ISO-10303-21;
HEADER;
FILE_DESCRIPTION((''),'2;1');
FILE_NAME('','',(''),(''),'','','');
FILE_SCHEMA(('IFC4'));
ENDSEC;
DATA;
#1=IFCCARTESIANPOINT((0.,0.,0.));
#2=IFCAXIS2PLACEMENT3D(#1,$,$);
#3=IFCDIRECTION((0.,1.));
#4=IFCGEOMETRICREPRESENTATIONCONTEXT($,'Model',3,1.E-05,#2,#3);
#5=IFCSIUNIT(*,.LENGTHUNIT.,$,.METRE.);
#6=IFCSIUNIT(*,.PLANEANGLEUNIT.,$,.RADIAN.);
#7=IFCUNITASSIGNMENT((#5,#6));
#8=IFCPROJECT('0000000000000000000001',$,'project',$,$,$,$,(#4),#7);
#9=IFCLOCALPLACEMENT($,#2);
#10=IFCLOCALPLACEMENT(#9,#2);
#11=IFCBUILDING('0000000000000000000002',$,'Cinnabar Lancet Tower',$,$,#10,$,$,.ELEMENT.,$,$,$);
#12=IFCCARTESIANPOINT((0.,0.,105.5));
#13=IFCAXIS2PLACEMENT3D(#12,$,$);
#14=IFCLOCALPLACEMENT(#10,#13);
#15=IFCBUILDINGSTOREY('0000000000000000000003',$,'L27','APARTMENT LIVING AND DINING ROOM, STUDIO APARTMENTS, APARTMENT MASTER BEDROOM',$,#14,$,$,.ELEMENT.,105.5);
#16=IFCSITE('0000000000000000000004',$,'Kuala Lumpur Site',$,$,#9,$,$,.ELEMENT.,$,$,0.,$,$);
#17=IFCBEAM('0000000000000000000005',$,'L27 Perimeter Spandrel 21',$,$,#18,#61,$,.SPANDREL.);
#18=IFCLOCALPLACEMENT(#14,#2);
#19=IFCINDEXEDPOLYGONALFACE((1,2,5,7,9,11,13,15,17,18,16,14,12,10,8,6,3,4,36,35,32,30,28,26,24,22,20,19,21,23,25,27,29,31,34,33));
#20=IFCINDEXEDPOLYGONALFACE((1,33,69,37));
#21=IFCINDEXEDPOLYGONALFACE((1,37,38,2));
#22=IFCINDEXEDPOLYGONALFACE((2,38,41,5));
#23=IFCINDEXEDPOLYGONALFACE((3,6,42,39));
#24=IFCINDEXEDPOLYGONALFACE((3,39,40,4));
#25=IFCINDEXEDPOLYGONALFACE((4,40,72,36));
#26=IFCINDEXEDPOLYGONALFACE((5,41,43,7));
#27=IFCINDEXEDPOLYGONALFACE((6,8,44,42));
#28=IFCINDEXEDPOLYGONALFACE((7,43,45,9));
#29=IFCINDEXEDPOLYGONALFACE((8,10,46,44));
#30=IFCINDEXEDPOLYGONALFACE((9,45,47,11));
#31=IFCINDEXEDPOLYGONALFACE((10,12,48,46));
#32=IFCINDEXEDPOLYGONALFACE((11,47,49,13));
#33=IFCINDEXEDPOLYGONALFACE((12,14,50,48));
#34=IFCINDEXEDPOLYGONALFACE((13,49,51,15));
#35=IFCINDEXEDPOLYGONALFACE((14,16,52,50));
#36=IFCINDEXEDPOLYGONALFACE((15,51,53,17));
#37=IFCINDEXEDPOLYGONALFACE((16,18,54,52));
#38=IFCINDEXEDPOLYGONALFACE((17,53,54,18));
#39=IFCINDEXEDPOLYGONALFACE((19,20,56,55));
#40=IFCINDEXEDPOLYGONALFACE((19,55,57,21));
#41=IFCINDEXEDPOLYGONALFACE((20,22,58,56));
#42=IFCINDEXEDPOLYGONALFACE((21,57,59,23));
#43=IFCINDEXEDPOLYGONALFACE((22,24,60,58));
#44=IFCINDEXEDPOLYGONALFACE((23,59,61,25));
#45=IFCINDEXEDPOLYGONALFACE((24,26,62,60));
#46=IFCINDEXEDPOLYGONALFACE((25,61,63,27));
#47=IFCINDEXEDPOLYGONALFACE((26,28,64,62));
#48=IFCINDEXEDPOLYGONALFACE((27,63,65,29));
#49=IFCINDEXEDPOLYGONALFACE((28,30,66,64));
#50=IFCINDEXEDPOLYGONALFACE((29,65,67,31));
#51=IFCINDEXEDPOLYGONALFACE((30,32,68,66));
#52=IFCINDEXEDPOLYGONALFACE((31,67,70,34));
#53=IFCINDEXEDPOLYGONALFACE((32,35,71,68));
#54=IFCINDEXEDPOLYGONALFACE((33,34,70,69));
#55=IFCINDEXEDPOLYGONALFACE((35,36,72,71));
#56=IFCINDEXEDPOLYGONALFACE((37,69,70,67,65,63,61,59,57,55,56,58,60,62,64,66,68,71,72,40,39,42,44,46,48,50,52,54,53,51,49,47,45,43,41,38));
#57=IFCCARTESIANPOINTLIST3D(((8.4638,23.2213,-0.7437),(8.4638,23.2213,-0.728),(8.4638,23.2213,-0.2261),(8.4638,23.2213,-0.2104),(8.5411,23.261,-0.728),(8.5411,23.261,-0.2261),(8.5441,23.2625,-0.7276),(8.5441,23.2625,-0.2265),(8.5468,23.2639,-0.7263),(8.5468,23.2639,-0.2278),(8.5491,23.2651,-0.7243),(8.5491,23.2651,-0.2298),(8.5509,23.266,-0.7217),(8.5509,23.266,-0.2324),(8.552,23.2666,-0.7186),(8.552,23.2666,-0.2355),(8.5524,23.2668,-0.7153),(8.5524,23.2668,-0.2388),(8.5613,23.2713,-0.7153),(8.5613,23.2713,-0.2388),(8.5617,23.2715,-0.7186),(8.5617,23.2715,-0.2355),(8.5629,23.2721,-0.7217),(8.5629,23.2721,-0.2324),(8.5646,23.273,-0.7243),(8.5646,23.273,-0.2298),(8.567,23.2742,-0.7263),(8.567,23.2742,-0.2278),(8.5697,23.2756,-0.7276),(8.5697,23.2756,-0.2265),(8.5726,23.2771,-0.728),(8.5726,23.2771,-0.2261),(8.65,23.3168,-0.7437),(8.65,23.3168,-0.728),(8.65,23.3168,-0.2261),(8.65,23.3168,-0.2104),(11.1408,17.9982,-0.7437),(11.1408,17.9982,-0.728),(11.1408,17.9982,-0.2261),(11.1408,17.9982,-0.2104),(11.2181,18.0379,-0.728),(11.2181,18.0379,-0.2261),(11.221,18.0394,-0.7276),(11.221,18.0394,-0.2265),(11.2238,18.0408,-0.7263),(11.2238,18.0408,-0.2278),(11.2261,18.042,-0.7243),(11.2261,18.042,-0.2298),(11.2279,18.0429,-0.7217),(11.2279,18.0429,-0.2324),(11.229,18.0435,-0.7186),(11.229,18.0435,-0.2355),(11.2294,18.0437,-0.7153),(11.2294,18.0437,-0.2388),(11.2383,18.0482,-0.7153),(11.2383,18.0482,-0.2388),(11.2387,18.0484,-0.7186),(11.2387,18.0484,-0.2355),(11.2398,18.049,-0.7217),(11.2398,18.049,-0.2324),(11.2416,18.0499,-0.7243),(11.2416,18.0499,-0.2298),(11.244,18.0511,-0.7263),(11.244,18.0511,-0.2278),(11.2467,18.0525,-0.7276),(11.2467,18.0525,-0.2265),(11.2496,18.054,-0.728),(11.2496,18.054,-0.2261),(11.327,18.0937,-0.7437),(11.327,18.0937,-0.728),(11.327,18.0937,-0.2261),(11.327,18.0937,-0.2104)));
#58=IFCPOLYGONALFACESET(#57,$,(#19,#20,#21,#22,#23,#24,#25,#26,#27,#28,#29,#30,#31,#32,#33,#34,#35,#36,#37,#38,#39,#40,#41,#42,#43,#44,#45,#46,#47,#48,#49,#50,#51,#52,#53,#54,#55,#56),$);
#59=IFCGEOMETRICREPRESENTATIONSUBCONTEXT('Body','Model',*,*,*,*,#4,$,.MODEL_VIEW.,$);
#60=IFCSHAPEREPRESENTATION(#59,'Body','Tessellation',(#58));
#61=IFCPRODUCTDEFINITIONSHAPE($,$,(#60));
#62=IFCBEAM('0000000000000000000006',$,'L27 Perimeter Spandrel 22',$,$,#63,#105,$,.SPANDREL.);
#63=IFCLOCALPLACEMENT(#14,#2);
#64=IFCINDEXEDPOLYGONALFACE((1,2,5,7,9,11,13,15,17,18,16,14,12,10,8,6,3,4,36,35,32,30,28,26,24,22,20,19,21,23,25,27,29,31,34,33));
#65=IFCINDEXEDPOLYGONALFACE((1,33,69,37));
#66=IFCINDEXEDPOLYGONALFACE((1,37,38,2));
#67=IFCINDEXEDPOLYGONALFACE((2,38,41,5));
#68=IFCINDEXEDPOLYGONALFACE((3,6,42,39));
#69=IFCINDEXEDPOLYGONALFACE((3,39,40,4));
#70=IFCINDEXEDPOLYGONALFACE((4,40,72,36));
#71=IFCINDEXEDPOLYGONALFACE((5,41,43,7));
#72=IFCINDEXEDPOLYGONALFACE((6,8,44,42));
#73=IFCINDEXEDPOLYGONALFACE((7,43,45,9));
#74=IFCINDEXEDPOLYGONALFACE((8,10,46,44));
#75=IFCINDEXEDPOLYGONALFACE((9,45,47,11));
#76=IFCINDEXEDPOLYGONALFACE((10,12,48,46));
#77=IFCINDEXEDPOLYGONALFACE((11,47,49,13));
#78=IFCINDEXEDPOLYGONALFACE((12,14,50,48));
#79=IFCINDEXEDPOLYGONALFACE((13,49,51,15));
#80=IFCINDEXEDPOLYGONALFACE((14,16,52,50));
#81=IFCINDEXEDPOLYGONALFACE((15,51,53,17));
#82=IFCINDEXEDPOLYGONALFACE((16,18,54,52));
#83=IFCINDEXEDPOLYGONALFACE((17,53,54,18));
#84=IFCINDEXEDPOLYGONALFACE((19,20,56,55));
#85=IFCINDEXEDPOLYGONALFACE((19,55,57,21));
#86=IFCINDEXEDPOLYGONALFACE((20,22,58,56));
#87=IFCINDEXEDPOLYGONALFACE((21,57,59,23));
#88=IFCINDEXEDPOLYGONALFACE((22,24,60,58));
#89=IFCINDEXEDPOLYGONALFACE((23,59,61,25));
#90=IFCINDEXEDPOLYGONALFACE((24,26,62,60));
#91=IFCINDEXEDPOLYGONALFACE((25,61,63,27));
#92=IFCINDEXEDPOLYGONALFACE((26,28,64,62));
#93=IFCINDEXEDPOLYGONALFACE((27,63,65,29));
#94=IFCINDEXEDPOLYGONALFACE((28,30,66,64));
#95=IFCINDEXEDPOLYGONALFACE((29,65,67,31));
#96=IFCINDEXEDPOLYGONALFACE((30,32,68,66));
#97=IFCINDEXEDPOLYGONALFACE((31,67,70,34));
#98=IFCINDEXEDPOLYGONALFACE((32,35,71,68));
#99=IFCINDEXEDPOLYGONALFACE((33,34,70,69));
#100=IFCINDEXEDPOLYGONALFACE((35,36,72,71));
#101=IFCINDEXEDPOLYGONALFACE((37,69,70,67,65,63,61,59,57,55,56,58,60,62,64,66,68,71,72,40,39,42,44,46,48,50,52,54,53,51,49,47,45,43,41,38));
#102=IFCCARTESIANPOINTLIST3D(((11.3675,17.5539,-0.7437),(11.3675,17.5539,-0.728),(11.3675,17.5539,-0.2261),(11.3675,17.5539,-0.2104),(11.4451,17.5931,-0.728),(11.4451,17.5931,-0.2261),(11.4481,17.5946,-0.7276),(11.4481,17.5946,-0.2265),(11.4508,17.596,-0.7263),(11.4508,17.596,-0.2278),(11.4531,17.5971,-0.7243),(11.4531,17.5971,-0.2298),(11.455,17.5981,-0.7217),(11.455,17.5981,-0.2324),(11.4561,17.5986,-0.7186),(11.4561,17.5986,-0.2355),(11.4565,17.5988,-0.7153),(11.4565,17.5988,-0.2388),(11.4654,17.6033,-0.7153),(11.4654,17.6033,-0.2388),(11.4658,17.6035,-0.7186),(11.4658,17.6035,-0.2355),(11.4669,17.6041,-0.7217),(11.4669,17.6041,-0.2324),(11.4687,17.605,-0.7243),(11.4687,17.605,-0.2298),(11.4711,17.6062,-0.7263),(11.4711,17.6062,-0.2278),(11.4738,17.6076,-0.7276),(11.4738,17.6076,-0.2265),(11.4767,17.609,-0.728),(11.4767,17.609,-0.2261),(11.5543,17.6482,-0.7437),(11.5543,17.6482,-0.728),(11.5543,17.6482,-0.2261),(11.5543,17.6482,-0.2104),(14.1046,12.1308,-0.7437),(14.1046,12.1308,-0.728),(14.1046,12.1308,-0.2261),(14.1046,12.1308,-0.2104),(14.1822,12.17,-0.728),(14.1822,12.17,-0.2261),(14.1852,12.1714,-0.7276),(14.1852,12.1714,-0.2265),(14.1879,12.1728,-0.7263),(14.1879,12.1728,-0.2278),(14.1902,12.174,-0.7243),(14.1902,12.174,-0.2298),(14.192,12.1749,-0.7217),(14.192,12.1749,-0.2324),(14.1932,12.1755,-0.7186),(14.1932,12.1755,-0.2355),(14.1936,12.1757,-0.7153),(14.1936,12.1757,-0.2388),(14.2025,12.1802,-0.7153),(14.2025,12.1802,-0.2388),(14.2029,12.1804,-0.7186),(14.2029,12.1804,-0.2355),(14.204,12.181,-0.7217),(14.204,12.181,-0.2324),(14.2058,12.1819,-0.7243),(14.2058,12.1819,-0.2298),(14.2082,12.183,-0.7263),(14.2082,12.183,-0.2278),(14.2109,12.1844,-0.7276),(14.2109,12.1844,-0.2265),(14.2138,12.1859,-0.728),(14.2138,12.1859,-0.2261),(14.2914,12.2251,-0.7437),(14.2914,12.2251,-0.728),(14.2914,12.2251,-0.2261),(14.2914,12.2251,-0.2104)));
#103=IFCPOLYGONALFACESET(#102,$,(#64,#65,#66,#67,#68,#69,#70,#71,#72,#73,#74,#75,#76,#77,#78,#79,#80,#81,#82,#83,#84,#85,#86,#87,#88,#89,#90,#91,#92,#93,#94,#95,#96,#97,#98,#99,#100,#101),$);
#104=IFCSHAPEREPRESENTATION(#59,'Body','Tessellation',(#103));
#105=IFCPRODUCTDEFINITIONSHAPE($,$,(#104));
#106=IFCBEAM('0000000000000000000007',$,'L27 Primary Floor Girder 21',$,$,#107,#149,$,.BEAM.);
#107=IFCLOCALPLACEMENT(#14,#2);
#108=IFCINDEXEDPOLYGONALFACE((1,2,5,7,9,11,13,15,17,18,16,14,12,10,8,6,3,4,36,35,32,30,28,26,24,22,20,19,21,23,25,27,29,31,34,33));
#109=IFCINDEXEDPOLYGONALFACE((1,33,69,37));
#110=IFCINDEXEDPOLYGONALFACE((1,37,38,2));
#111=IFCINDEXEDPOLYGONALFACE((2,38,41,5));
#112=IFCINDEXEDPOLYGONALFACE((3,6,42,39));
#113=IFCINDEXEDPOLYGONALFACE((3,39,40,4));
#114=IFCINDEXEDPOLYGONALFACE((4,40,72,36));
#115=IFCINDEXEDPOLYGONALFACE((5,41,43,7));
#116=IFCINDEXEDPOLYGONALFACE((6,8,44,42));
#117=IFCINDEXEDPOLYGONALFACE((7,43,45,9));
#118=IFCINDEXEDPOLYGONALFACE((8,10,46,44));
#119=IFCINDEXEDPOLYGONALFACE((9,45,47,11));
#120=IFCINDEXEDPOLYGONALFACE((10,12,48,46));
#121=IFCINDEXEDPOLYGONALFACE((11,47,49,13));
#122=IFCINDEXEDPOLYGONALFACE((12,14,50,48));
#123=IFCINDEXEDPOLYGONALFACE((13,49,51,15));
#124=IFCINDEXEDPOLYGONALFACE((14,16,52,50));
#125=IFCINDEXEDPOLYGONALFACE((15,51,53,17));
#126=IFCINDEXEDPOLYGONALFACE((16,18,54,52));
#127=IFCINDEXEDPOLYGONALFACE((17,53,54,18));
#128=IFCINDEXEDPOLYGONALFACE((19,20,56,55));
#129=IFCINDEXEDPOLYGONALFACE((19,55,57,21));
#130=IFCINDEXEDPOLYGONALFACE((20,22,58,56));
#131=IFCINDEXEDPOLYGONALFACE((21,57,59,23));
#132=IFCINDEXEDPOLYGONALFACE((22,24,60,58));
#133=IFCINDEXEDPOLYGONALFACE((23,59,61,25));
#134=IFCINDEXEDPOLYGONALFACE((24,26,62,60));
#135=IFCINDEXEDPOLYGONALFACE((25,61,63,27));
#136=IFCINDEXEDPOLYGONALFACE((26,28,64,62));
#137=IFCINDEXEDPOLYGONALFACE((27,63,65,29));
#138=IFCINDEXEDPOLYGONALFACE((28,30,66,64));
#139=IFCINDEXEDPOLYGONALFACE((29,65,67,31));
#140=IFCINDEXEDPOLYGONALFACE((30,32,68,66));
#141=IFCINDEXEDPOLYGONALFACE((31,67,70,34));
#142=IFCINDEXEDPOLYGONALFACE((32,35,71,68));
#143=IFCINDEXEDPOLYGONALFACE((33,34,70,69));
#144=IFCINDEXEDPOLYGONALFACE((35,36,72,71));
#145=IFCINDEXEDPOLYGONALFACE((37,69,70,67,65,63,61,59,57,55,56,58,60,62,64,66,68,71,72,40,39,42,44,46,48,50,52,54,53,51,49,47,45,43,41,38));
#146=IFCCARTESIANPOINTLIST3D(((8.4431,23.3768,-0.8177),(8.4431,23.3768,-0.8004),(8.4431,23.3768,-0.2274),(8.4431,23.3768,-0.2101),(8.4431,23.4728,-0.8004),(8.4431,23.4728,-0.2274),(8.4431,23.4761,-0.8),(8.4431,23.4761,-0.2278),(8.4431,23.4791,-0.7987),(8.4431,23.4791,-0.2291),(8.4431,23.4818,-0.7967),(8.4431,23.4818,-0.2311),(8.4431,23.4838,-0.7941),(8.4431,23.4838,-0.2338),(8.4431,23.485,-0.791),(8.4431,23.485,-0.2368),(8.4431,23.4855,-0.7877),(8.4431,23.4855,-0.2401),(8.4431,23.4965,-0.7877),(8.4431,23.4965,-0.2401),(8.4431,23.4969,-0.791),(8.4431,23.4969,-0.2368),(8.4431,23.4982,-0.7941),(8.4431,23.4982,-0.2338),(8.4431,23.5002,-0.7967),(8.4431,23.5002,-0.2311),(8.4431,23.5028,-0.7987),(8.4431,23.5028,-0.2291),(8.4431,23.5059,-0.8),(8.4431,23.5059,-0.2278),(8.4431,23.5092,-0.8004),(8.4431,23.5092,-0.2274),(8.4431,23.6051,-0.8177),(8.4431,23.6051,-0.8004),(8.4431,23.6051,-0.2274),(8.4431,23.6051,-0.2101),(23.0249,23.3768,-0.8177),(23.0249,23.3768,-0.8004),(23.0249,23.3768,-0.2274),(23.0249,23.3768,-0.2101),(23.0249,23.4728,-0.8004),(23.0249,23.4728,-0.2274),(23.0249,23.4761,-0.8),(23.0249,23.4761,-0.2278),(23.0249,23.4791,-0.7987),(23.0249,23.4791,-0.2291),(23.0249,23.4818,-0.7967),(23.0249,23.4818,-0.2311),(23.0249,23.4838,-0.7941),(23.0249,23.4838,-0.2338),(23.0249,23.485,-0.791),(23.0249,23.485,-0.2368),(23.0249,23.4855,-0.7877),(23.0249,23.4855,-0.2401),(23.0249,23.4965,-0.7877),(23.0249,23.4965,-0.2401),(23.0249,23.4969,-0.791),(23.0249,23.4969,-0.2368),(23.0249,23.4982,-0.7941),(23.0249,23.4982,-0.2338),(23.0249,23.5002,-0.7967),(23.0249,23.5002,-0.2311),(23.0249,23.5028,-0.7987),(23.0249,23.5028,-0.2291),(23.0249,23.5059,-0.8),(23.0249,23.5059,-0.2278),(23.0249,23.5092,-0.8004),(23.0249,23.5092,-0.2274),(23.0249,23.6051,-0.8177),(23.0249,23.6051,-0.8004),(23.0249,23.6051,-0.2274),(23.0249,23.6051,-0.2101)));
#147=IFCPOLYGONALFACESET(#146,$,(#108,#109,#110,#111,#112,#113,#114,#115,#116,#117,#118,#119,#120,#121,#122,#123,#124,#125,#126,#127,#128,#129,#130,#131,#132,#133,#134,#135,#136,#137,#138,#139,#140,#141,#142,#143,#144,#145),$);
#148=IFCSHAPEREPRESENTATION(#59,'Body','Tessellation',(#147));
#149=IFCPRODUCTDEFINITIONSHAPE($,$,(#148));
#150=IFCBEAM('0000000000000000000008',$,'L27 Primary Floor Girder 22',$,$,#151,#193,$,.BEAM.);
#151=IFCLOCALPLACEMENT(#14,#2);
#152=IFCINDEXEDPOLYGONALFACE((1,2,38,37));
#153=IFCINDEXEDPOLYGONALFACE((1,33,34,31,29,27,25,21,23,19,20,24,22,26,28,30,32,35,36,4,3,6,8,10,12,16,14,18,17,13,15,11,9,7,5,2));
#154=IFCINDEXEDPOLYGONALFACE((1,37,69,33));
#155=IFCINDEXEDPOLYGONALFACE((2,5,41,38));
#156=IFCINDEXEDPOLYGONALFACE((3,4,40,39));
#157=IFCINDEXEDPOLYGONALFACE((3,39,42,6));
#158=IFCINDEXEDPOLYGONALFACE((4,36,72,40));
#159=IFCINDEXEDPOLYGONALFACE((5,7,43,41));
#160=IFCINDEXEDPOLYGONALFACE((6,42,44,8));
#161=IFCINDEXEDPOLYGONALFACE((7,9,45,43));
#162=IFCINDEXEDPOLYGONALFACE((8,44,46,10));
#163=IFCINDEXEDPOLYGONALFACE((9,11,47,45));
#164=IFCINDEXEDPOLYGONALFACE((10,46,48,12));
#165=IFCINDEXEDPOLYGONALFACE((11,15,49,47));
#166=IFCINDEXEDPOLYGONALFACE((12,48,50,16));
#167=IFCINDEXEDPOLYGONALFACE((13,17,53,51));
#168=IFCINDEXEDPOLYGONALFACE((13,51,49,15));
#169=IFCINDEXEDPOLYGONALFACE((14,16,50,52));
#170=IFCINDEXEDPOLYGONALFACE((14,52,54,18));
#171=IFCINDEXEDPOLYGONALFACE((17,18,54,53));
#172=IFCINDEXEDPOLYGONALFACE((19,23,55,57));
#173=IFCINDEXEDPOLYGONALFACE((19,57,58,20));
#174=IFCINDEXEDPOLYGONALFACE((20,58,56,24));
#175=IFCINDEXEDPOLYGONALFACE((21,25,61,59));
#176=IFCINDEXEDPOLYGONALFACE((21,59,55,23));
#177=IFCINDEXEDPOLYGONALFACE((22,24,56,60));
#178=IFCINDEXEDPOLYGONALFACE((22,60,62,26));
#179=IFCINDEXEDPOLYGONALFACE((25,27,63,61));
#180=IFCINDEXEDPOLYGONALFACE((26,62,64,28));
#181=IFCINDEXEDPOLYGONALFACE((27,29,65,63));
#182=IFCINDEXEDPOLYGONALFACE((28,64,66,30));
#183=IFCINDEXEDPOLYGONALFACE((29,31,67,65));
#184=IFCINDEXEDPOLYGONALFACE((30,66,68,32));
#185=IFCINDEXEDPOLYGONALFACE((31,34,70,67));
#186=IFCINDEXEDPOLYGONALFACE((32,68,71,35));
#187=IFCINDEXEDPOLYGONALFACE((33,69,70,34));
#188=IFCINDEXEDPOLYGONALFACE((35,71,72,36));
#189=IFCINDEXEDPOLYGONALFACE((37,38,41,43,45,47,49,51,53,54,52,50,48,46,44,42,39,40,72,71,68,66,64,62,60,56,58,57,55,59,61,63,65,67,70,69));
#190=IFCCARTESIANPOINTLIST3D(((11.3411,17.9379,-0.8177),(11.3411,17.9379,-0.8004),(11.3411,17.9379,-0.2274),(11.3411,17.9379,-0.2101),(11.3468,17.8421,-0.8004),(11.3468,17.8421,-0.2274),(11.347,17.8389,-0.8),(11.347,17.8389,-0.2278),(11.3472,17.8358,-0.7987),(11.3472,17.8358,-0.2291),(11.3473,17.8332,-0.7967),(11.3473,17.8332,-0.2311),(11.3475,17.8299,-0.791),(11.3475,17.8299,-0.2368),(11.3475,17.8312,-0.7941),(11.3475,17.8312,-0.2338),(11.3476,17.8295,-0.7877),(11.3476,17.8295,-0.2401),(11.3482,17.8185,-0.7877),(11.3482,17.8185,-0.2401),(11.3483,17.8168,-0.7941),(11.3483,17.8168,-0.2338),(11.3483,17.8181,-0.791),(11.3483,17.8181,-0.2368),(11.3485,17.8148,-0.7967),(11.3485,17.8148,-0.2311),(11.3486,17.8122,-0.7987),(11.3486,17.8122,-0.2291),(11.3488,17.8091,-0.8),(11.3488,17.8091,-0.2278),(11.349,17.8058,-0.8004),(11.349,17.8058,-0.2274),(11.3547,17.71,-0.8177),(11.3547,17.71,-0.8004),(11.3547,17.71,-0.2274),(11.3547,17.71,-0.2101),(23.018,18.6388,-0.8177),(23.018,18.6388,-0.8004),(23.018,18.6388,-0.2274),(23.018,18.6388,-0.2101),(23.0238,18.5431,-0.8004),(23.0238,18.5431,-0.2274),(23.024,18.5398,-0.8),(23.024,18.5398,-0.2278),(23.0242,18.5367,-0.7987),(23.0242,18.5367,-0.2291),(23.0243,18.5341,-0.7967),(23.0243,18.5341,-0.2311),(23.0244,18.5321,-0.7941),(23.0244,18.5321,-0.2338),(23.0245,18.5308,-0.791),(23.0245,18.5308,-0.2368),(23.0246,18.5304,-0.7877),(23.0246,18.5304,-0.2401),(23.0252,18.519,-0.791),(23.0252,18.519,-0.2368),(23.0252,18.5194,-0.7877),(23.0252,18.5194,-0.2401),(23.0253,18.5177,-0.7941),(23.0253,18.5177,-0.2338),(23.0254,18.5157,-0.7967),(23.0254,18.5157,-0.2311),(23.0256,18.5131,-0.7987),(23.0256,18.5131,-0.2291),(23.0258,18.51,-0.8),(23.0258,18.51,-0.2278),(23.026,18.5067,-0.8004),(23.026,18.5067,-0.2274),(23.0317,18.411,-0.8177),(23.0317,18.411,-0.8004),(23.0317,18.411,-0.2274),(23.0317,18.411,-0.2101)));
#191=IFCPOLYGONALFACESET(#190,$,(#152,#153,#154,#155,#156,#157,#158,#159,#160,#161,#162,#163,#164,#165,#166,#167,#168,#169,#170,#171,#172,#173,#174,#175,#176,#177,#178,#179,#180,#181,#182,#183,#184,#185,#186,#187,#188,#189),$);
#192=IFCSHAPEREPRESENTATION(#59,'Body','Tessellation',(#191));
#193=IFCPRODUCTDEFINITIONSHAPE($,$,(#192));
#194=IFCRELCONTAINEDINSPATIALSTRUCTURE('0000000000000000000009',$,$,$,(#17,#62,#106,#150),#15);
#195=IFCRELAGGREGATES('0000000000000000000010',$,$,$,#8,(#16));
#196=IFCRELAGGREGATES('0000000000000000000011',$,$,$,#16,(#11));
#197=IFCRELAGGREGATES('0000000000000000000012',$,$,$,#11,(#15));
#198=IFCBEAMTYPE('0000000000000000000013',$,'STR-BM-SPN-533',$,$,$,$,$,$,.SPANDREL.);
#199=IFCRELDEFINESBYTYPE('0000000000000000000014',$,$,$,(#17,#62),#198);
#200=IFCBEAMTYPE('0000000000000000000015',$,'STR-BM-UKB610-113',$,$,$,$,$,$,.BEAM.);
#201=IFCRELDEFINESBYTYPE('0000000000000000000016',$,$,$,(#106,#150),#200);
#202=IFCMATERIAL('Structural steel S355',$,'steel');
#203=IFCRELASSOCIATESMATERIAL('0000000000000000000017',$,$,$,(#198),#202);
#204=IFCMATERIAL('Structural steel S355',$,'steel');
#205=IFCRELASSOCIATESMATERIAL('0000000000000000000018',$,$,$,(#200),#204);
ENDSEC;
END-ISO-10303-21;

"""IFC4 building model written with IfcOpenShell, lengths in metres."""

from ifc_helpers import new_model, si_unit, direction, frame, origin, origin_2d, place, context, subcontext, project, spatial, i_section, extrude, material, material_profile, profile_set, type_object, element, save


model = new_model("IFC4")

# Units and contexts
model_context = context("Model", 3, precision=1e-05, world=origin(), true_north=direction((0.0, 1.0)))
body_context = subcontext(model_context, "Body", "Model", "MODEL_VIEW")
ifc_project = project(units=[si_unit("LENGTHUNIT", "METRE"), si_unit("PLANEANGLEUNIT", "RADIAN")], contexts=[model_context])

# Site, building, storey
site_placement = place(None, origin())
site = spatial("IfcSite", under=ifc_project, at=site_placement, Name="Kuala Lumpur Site", CompositionType="ELEMENT", RefElevation=0.0)
building_placement = place(site_placement, origin())
building = spatial("IfcBuilding", under=site, at=building_placement, Name="Cinnabar Lancet Tower", CompositionType="ELEMENT")
storey_placement = place(building_placement, frame((0.0, 0.0, 105.5)))
storey = spatial("IfcBuildingStorey", under=building, at=storey_placement, Name="L27", Description="APARTMENT LIVING AND DINING ROOM, STUDIO APARTMENTS, APARTMENT MASTER BEDROOM", CompositionType="ELEMENT", Elevation=105.5)

# Beams
ifc_material_1 = material(Name="Structural steel S355", Category="steel")
ifc_material_profile_1 = material_profile(ifc_material_1, i_section(OverallWidth=0.2092, OverallDepth=0.5332, WebThickness=0.01, FlangeThickness=0.0156, FilletRadius=0.0127, at=origin_2d()), Name="UKB 533x210x92")
ifc_profile_set_1 = profile_set([ifc_material_profile_1], Name="Structural steel S355")
beam_type_1 = type_object("IfcBeamType", Name="STR-BM-SPN-533", PredefinedType="SPANDREL", material=ifc_profile_set_1)
beam_1_placement = place(storey_placement, frame((8.5569, 23.269, -0.4771), z_axis=(0.45611, -0.889924, 0.0), x_axis=(0.889924, 0.45611, 0.0)))
element("IfcBeam", 1, at=beam_1_placement, inside=storey, type_object=beam_type_1, Name="L27 Perimeter Spandrel 21", PredefinedType="SPANDREL", context=body_context, shape_type="SweptSolid", body=[
    extrude(i_section(OverallWidth=0.2092, OverallDepth=0.5332, WebThickness=0.01, FlangeThickness=0.0156, FilletRadius=0.0127, at=origin_2d()), origin(), (0.0, 0.0, 1.0), 5.8691),
])
beam_2_placement = place(storey_placement, frame((11.4609, 17.6011, -0.4771), z_axis=(0.45057, -0.892741, 0.0), x_axis=(0.892741, 0.45057, 0.0)))
element("IfcBeam", 2, at=beam_2_placement, inside=storey, type_object=beam_type_1, Name="L27 Perimeter Spandrel 22", PredefinedType="SPANDREL", context=body_context, shape_type="SweptSolid", body=[
    extrude(i_section(OverallWidth=0.2092, OverallDepth=0.5332, WebThickness=0.01, FlangeThickness=0.0156, FilletRadius=0.0127, at=origin_2d()), origin(), (0.0, 0.0, 1.0), 6.0747),
])
ifc_material_2 = material(Name="Structural steel S355", Category="steel")
ifc_material_profile_2 = material_profile(ifc_material_2, i_section(OverallWidth=0.2283, OverallDepth=0.6077, WebThickness=0.011, FlangeThickness=0.0173, FilletRadius=0.0127, at=origin_2d()), Name="UKB 610x229x113")
ifc_profile_set_2 = profile_set([ifc_material_profile_2], Name="Structural steel S355")
beam_type_2 = type_object("IfcBeamType", Name="STR-BM-UKB610-113", PredefinedType="BEAM", material=ifc_profile_set_2)
beam_3_placement = place(storey_placement, frame((8.4431, 23.491, -0.5139), z_axis=(1.0, 0.0, 0.0), x_axis=(0.0, 1.0, 0.0)))
element("IfcBeam", 3, at=beam_3_placement, inside=storey, type_object=beam_type_2, Name="L27 Primary Floor Girder 21", PredefinedType="BEAM", context=body_context, shape_type="SweptSolid", body=[
    extrude(i_section(OverallWidth=0.2283, OverallDepth=0.6077, WebThickness=0.011, FlangeThickness=0.0173, FilletRadius=0.0127, at=origin_2d()), origin(), (0.0, 0.0, 1.0), 14.5818),
])
beam_4_placement = place(storey_placement, frame((11.3479, 17.824, -0.5139), z_axis=(0.998203, 0.059918, 0.0), x_axis=(-0.059918, 0.998203, 0.0)))
element("IfcBeam", 4, at=beam_4_placement, inside=storey, type_object=beam_type_2, Name="L27 Primary Floor Girder 22", PredefinedType="BEAM", context=body_context, shape_type="SweptSolid", body=[
    extrude(i_section(OverallWidth=0.2283, OverallDepth=0.6077, WebThickness=0.011, FlangeThickness=0.0173, FilletRadius=0.0127, at=origin_2d()), origin(), (0.0, 0.0, 1.0), 11.698),
])

save(model, "model.ifc")
